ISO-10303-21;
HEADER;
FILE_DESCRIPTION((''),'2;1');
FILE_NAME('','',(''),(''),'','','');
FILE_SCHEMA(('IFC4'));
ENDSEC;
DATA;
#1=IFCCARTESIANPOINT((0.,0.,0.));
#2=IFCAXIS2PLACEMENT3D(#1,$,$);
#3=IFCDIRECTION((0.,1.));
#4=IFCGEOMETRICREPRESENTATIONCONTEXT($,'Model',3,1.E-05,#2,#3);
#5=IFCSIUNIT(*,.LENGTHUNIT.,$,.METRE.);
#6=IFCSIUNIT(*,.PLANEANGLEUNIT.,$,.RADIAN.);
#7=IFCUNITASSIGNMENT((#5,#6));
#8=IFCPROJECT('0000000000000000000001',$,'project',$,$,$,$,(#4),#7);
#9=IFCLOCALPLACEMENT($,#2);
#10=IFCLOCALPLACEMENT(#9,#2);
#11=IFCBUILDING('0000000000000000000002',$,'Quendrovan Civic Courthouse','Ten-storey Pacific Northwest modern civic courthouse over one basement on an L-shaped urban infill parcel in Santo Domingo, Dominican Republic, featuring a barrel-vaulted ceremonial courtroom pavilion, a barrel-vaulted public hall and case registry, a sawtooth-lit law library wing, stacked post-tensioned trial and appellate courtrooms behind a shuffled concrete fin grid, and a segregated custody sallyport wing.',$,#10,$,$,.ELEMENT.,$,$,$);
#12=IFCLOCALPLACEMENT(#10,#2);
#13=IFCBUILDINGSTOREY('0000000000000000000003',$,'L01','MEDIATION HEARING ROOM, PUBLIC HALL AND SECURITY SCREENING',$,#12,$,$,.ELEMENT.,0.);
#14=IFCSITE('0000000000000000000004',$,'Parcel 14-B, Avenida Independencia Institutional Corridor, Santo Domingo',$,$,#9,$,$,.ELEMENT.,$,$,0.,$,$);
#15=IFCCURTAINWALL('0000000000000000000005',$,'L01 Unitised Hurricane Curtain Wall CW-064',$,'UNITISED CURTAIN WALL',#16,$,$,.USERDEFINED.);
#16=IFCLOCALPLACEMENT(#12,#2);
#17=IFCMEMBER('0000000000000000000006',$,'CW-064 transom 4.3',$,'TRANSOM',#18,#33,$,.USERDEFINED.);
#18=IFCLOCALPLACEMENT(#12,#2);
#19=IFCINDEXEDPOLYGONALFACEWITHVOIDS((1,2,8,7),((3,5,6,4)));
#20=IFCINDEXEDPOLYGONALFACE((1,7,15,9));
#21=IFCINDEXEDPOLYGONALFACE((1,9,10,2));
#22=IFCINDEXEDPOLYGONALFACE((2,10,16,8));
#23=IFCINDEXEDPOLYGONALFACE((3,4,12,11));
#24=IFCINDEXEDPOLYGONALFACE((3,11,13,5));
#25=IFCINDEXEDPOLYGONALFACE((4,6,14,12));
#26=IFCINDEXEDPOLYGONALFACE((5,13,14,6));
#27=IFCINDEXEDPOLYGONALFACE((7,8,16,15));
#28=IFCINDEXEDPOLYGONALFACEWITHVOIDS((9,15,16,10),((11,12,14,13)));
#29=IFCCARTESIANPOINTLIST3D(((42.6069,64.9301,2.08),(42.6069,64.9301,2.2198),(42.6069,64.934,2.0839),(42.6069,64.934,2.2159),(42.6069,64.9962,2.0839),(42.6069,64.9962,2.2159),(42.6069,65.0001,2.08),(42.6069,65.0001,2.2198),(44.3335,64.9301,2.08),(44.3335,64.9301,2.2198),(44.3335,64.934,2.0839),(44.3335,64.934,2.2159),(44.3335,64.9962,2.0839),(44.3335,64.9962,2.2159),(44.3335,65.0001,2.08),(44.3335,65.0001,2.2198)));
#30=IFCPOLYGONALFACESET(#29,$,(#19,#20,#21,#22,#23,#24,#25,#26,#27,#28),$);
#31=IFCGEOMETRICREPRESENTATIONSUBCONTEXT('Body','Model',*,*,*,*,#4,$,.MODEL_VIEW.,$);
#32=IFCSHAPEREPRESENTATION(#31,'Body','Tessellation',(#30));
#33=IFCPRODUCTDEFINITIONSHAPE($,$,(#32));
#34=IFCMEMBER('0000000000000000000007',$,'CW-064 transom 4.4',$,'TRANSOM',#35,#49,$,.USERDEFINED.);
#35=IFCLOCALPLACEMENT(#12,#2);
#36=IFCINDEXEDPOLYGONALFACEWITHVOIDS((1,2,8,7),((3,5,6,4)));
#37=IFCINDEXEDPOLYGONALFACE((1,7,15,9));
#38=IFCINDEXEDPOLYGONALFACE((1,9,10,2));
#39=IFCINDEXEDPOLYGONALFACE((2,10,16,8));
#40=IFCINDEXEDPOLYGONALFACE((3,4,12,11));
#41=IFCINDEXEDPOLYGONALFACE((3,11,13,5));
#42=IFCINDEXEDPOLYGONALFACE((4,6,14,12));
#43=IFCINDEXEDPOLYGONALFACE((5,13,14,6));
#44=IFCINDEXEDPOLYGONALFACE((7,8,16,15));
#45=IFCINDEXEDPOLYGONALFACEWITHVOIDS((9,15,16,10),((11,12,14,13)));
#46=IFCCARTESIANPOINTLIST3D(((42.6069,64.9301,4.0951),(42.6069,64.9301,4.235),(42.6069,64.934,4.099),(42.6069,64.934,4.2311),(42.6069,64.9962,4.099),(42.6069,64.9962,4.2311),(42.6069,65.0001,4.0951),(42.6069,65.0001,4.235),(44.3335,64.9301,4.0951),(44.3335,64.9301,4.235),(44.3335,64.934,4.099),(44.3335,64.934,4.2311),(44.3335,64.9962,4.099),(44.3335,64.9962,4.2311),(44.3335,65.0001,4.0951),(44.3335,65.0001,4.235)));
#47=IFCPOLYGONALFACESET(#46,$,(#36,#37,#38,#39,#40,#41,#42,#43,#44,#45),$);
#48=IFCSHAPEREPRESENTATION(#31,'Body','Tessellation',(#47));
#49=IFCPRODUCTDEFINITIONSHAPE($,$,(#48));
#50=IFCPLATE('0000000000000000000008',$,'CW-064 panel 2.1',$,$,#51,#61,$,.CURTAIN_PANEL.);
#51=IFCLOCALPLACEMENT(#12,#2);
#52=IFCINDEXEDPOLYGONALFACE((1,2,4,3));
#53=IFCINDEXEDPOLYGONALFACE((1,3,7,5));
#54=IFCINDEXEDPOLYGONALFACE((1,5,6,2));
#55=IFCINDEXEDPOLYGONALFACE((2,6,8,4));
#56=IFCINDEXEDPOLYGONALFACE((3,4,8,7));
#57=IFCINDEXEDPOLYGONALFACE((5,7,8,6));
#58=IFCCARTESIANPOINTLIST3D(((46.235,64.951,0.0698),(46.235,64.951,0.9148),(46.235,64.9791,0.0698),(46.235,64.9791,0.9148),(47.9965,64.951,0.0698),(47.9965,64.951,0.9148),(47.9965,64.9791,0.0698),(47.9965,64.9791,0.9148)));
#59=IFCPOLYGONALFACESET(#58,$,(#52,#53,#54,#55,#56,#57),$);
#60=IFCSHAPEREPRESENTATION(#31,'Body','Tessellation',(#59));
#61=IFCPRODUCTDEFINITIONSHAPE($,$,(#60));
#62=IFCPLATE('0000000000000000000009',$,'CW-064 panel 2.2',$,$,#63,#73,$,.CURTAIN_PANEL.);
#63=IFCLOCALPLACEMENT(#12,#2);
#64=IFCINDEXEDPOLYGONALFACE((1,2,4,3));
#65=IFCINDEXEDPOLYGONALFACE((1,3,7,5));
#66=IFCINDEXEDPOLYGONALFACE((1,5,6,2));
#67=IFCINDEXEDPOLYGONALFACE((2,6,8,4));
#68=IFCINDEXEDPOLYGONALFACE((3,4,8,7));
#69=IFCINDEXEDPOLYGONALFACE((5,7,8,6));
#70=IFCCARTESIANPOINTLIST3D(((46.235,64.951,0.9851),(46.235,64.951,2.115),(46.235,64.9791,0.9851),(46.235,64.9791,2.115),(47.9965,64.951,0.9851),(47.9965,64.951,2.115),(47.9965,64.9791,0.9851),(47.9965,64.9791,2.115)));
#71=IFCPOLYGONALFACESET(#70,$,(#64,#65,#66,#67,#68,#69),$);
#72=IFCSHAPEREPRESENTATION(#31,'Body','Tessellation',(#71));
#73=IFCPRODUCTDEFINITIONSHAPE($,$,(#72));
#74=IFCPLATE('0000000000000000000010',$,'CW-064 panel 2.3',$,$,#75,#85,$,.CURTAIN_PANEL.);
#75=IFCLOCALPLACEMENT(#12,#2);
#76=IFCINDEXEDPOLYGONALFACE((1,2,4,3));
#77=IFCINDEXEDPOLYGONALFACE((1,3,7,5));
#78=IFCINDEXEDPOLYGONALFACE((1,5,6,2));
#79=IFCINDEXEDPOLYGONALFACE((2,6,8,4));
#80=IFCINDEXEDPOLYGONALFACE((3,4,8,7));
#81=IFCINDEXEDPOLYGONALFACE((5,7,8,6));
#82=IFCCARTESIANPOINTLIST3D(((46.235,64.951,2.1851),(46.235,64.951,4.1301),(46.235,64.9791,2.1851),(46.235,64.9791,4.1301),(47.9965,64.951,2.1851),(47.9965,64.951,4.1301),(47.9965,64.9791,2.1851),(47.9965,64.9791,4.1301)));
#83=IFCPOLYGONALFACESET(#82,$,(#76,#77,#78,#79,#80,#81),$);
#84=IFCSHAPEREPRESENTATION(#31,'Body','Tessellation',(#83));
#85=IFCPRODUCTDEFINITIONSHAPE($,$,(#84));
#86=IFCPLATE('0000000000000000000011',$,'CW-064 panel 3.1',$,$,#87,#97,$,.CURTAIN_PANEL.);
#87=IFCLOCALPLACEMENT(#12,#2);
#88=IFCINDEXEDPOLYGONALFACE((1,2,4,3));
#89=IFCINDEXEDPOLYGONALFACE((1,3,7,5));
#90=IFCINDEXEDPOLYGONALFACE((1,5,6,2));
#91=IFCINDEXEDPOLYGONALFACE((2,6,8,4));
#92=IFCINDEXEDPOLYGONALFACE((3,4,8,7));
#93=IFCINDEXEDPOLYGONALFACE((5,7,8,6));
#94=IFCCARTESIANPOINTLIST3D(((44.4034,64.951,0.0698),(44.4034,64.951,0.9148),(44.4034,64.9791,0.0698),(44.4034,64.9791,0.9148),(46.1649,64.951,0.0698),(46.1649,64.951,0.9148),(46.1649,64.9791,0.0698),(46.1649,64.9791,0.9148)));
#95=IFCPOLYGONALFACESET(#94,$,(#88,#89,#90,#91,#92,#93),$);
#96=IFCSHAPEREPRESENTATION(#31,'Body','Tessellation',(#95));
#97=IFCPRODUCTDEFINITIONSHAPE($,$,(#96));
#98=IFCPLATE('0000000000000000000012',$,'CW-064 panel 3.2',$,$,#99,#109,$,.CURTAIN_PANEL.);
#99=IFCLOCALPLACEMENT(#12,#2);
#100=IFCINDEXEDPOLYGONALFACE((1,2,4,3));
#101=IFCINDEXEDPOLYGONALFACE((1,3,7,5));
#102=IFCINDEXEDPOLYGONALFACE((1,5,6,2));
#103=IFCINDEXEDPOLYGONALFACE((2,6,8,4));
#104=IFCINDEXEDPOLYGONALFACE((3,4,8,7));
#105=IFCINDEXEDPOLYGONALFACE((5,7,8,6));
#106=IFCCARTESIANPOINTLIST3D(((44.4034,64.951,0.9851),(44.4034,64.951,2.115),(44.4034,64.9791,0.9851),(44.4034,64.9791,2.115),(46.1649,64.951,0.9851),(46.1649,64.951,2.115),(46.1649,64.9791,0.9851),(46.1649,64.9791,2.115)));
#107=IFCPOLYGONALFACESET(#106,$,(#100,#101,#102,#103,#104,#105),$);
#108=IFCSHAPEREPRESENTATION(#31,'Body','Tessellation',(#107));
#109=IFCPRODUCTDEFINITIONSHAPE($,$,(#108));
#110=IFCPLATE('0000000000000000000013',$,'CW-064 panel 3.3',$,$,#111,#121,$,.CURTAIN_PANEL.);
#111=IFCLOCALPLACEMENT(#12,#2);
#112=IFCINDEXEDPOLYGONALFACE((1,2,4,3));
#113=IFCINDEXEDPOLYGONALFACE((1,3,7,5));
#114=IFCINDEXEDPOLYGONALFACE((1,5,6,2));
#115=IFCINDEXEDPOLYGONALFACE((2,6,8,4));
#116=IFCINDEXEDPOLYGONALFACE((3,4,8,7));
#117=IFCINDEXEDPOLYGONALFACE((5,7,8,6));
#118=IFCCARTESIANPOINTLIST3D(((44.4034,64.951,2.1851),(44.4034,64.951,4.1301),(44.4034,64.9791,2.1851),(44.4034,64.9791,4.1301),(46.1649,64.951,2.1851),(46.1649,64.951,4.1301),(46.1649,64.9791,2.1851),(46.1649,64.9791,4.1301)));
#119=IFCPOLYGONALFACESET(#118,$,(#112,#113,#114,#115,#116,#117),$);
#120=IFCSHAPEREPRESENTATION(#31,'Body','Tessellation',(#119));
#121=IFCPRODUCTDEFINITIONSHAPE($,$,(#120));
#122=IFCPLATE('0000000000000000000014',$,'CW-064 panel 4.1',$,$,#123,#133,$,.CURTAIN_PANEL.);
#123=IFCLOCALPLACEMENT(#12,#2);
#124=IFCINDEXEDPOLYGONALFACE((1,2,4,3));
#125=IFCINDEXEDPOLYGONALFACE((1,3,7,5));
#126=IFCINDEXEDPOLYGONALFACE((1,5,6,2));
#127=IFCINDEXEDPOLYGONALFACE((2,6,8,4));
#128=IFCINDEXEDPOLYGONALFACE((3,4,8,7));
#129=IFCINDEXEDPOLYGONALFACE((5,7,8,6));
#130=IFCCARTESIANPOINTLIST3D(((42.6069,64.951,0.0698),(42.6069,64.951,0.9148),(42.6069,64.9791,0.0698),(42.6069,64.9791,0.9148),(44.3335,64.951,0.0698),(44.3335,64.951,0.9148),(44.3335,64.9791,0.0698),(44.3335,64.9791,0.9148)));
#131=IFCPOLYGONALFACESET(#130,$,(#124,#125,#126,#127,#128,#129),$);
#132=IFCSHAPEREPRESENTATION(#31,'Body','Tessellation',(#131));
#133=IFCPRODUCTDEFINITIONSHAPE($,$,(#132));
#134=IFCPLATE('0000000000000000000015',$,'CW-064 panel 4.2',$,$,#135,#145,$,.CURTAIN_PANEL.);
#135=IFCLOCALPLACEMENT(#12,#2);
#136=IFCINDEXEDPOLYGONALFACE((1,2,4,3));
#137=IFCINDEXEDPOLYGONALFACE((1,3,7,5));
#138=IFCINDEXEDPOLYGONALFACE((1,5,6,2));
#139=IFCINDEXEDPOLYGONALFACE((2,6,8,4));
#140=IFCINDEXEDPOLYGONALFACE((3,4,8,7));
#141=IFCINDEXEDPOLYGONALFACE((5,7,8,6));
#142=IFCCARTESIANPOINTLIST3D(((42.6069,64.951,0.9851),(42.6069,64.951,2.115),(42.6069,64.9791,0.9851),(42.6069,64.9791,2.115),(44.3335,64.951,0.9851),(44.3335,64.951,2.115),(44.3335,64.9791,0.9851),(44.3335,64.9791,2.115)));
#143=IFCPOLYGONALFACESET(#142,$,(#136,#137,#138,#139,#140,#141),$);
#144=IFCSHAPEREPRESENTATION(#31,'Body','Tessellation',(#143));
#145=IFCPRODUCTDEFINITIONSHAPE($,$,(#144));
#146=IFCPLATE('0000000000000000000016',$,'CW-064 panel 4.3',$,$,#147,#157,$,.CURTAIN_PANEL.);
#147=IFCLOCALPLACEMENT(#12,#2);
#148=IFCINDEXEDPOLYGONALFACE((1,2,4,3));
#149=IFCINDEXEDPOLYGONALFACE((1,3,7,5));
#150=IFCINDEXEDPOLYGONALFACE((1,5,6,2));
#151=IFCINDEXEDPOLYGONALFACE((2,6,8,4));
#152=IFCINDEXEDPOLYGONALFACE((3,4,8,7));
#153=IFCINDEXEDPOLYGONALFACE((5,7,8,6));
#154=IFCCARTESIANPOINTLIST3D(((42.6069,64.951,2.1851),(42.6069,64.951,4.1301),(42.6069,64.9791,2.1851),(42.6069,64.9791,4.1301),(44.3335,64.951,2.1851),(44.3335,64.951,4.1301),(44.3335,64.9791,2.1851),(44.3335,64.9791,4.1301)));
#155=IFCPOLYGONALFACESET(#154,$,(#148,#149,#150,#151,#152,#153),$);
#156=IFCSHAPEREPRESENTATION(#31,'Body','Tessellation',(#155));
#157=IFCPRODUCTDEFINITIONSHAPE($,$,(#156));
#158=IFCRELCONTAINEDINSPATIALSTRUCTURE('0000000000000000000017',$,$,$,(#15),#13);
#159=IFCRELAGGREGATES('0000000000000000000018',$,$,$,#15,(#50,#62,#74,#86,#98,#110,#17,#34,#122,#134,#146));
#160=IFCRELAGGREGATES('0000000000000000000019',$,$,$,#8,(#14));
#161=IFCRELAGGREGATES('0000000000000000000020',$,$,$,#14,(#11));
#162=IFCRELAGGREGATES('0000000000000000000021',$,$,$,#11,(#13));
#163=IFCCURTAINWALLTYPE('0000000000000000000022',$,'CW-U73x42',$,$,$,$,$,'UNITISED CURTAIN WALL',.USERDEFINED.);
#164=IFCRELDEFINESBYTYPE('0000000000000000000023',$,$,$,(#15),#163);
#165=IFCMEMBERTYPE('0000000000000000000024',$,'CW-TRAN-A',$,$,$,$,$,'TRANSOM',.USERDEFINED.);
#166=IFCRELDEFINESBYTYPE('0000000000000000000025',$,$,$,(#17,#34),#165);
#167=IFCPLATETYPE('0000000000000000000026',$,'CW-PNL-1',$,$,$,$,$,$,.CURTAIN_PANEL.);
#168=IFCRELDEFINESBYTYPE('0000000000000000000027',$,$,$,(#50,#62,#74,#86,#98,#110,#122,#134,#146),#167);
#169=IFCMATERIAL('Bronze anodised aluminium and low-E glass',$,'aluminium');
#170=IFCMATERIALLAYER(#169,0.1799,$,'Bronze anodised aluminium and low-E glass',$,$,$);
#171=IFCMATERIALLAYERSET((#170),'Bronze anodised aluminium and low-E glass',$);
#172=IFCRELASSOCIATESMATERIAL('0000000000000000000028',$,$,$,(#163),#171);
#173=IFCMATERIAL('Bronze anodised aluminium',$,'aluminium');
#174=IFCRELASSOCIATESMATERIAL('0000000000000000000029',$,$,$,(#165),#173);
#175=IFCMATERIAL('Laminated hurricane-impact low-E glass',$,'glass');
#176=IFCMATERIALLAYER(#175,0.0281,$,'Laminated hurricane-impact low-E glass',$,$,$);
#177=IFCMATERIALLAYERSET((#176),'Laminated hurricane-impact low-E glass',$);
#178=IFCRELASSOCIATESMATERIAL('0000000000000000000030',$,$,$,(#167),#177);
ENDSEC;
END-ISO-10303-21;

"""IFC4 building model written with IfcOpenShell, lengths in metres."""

from ifc_helpers import new_model, si_unit, direction, frame, origin, origin_2d, place, context, subcontext, project, spatial, rectangle, hollow_rectangle, extrude, material, layer, layer_set, material_profile, profile_set, type_object, element, aggregate, save


model = new_model("IFC4")

# Units and contexts
model_context = context("Model", 3, precision=1e-05, world=origin(), true_north=direction((0.0, 1.0)))
body_context = subcontext(model_context, "Body", "Model", "MODEL_VIEW")
ifc_project = project(units=[si_unit("LENGTHUNIT", "METRE"), si_unit("PLANEANGLEUNIT", "RADIAN")], contexts=[model_context])

# Site, building, storey
site_placement = place(None, origin())
site = spatial("IfcSite", under=ifc_project, at=site_placement, Name="Parcel 14-B, Avenida Independencia Institutional Corridor, Santo Domingo", CompositionType="ELEMENT", RefElevation=0.0)
building_placement = place(site_placement, origin())
building = spatial("IfcBuilding", under=site, at=building_placement, Name="Quendrovan Civic Courthouse", Description="Ten-storey Pacific Northwest modern civic courthouse over one basement on an L-shaped urban infill parcel in Santo Domingo, Dominican Republic, featuring a barrel-vaulted ceremonial courtroom pavilion, a barrel-vaulted public hall and case registry, a sawtooth-lit law library wing, stacked post-tensioned trial and appellate courtrooms behind a shuffled concrete fin grid, and a segregated custody sallyport wing.", CompositionType="ELEMENT")
storey_placement = place(building_placement, origin())
storey = spatial("IfcBuildingStorey", under=building, at=storey_placement, Name="L01", Description="MEDIATION HEARING ROOM, PUBLIC HALL AND SECURITY SCREENING", CompositionType="ELEMENT", Elevation=0.0)

# Curtain wall, members, plates
ifc_material_1 = material(Name="Bronze anodised aluminium and low-E glass", Category="aluminium")
ifc_layer_1 = layer(ifc_material_1, 0.1799, Name="Bronze anodised aluminium and low-E glass")
ifc_layer_set_1 = layer_set([ifc_layer_1], Name="Bronze anodised aluminium and low-E glass")
curtain_wall_type = type_object("IfcCurtainWallType", Name="CW-U73x42", ElementType="UNITISED CURTAIN WALL", PredefinedType="USERDEFINED", material=ifc_layer_set_1)
curtain_wall_placement = place(storey_placement, origin())
curtain_wall = element("IfcCurtainWall", 1, at=curtain_wall_placement, inside=storey, type_object=curtain_wall_type, Name="L01 Unitised Hurricane Curtain Wall CW-064", ObjectType="UNITISED CURTAIN WALL", PredefinedType="USERDEFINED")
ifc_material_2 = material(Name="Bronze anodised aluminium", Category="aluminium")
ifc_material_profile_1 = material_profile(ifc_material_2, hollow_rectangle(XDim=0.0701, YDim=0.1399, WallThickness=0.0039, at=origin_2d()), Name="CW-TRAN-70x140")
ifc_profile_set_1 = profile_set([ifc_material_profile_1], Name="Bronze anodised aluminium")
member_type_1 = type_object("IfcMemberType", Name="CW-TRAN-A", ElementType="TRANSOM", PredefinedType="USERDEFINED", material=ifc_profile_set_1)
member_1_placement = place(storey_placement, frame((44.3335, 64.9651, 2.1499), z_axis=(-1.0, 0.0, 0.0), x_axis=(0.0, -1.0, 0.0)))
member_1 = element("IfcMember", 2, at=member_1_placement, type_object=member_type_1, Name="CW-064 transom 4.3", ObjectType="TRANSOM", PredefinedType="USERDEFINED", context=body_context, shape_type="SweptSolid", body=[
    extrude(hollow_rectangle(XDim=0.0701, YDim=0.1399, WallThickness=0.0039, at=origin_2d()), origin(), (0.0, 0.0, 1.0), 1.7266),
])
member_2_placement = place(storey_placement, frame((44.3335, 64.9651, 4.165), z_axis=(-1.0, 0.0, 0.0), x_axis=(0.0, -1.0, 0.0)))
member_2 = element("IfcMember", 3, at=member_2_placement, type_object=member_type_1, Name="CW-064 transom 4.4", ObjectType="TRANSOM", PredefinedType="USERDEFINED", context=body_context, shape_type="SweptSolid", body=[
    extrude(hollow_rectangle(XDim=0.0701, YDim=0.1399, WallThickness=0.0039, at=origin_2d()), origin(), (0.0, 0.0, 1.0), 1.7266),
])
ifc_material_3 = material(Name="Laminated hurricane-impact low-E glass", Category="glass")
ifc_layer_2 = layer(ifc_material_3, 0.0281, Name="Laminated hurricane-impact low-E glass")
ifc_layer_set_2 = layer_set([ifc_layer_2], Name="Laminated hurricane-impact low-E glass")
plate_type = type_object("IfcPlateType", Name="CW-PNL-1", PredefinedType="CURTAIN_PANEL", material=ifc_layer_set_2)
plate_1_placement = place(storey_placement, frame((47.1157, 64.9651, 0.0698), z_axis=(0.0, 0.0, 1.0), x_axis=(-1.0, 0.0, 0.0)))
plate_1 = element("IfcPlate", 4, at=plate_1_placement, type_object=plate_type, Name="CW-064 panel 2.1", PredefinedType="CURTAIN_PANEL", context=body_context, shape_type="SweptSolid", body=[
    extrude(rectangle(XDim=1.7615, YDim=0.0281, at=origin_2d()), origin(), (0.0, 0.0, 1.0), 0.845),
])
plate_2_placement = place(storey_placement, frame((47.1157, 64.9651, 0.9851), z_axis=(0.0, 0.0, 1.0), x_axis=(-1.0, 0.0, 0.0)))
plate_2 = element("IfcPlate", 5, at=plate_2_placement, type_object=plate_type, Name="CW-064 panel 2.2", PredefinedType="CURTAIN_PANEL", context=body_context, shape_type="SweptSolid", body=[
    extrude(rectangle(XDim=1.7615, YDim=0.0281, at=origin_2d()), origin(), (0.0, 0.0, 1.0), 1.1299),
])
plate_3_placement = place(storey_placement, frame((47.1157, 64.9651, 2.1851), z_axis=(0.0, 0.0, 1.0), x_axis=(-1.0, 0.0, 0.0)))
plate_3 = element("IfcPlate", 6, at=plate_3_placement, type_object=plate_type, Name="CW-064 panel 2.3", PredefinedType="CURTAIN_PANEL", context=body_context, shape_type="SweptSolid", body=[
    extrude(rectangle(XDim=1.7615, YDim=0.0281, at=origin_2d()), origin(), (0.0, 0.0, 1.0), 1.9451),
])
plate_4_placement = place(storey_placement, frame((45.2842, 64.9651, 0.0698), z_axis=(0.0, 0.0, 1.0), x_axis=(-1.0, 0.0, 0.0)))
plate_4 = element("IfcPlate", 7, at=plate_4_placement, type_object=plate_type, Name="CW-064 panel 3.1", PredefinedType="CURTAIN_PANEL", context=body_context, shape_type="SweptSolid", body=[
    extrude(rectangle(XDim=1.7615, YDim=0.0281, at=origin_2d()), origin(), (0.0, 0.0, 1.0), 0.845),
])
plate_5_placement = place(storey_placement, frame((45.2842, 64.9651, 0.9851), z_axis=(0.0, 0.0, 1.0), x_axis=(-1.0, 0.0, 0.0)))
plate_5 = element("IfcPlate", 8, at=plate_5_placement, type_object=plate_type, Name="CW-064 panel 3.2", PredefinedType="CURTAIN_PANEL", context=body_context, shape_type="SweptSolid", body=[
    extrude(rectangle(XDim=1.7615, YDim=0.0281, at=origin_2d()), origin(), (0.0, 0.0, 1.0), 1.1299),
])
plate_6_placement = place(storey_placement, frame((45.2842, 64.9651, 2.1851), z_axis=(0.0, 0.0, 1.0), x_axis=(-1.0, 0.0, 0.0)))
plate_6 = element("IfcPlate", 9, at=plate_6_placement, type_object=plate_type, Name="CW-064 panel 3.3", PredefinedType="CURTAIN_PANEL", context=body_context, shape_type="SweptSolid", body=[
    extrude(rectangle(XDim=1.7615, YDim=0.0281, at=origin_2d()), origin(), (0.0, 0.0, 1.0), 1.9451),
])
plate_7_placement = place(storey_placement, frame((43.4702, 64.9651, 0.0698), z_axis=(0.0, 0.0, 1.0), x_axis=(-1.0, 0.0, 0.0)))
plate_7 = element("IfcPlate", 10, at=plate_7_placement, type_object=plate_type, Name="CW-064 panel 4.1", PredefinedType="CURTAIN_PANEL", context=body_context, shape_type="SweptSolid", body=[
    extrude(rectangle(XDim=1.7266, YDim=0.0281, at=origin_2d()), origin(), (0.0, 0.0, 1.0), 0.845),
])
plate_8_placement = place(storey_placement, frame((43.4702, 64.9651, 0.9851), z_axis=(0.0, 0.0, 1.0), x_axis=(-1.0, 0.0, 0.0)))
plate_8 = element("IfcPlate", 11, at=plate_8_placement, type_object=plate_type, Name="CW-064 panel 4.2", PredefinedType="CURTAIN_PANEL", context=body_context, shape_type="SweptSolid", body=[
    extrude(rectangle(XDim=1.7266, YDim=0.0281, at=origin_2d()), origin(), (0.0, 0.0, 1.0), 1.1299),
])
plate_9_placement = place(storey_placement, frame((43.4702, 64.9651, 2.1851), z_axis=(0.0, 0.0, 1.0), x_axis=(-1.0, 0.0, 0.0)))
plate_9 = element("IfcPlate", 12, at=plate_9_placement, type_object=plate_type, Name="CW-064 panel 4.3", PredefinedType="CURTAIN_PANEL", context=body_context, shape_type="SweptSolid", body=[
    extrude(rectangle(XDim=1.7266, YDim=0.0281, at=origin_2d()), origin(), (0.0, 0.0, 1.0), 1.9451),
])
aggregate(curtain_wall, [plate_1, plate_2, plate_3, plate_4, plate_5, plate_6, member_1, member_2, plate_7, plate_8, plate_9])

save(model, "model.ifc")
